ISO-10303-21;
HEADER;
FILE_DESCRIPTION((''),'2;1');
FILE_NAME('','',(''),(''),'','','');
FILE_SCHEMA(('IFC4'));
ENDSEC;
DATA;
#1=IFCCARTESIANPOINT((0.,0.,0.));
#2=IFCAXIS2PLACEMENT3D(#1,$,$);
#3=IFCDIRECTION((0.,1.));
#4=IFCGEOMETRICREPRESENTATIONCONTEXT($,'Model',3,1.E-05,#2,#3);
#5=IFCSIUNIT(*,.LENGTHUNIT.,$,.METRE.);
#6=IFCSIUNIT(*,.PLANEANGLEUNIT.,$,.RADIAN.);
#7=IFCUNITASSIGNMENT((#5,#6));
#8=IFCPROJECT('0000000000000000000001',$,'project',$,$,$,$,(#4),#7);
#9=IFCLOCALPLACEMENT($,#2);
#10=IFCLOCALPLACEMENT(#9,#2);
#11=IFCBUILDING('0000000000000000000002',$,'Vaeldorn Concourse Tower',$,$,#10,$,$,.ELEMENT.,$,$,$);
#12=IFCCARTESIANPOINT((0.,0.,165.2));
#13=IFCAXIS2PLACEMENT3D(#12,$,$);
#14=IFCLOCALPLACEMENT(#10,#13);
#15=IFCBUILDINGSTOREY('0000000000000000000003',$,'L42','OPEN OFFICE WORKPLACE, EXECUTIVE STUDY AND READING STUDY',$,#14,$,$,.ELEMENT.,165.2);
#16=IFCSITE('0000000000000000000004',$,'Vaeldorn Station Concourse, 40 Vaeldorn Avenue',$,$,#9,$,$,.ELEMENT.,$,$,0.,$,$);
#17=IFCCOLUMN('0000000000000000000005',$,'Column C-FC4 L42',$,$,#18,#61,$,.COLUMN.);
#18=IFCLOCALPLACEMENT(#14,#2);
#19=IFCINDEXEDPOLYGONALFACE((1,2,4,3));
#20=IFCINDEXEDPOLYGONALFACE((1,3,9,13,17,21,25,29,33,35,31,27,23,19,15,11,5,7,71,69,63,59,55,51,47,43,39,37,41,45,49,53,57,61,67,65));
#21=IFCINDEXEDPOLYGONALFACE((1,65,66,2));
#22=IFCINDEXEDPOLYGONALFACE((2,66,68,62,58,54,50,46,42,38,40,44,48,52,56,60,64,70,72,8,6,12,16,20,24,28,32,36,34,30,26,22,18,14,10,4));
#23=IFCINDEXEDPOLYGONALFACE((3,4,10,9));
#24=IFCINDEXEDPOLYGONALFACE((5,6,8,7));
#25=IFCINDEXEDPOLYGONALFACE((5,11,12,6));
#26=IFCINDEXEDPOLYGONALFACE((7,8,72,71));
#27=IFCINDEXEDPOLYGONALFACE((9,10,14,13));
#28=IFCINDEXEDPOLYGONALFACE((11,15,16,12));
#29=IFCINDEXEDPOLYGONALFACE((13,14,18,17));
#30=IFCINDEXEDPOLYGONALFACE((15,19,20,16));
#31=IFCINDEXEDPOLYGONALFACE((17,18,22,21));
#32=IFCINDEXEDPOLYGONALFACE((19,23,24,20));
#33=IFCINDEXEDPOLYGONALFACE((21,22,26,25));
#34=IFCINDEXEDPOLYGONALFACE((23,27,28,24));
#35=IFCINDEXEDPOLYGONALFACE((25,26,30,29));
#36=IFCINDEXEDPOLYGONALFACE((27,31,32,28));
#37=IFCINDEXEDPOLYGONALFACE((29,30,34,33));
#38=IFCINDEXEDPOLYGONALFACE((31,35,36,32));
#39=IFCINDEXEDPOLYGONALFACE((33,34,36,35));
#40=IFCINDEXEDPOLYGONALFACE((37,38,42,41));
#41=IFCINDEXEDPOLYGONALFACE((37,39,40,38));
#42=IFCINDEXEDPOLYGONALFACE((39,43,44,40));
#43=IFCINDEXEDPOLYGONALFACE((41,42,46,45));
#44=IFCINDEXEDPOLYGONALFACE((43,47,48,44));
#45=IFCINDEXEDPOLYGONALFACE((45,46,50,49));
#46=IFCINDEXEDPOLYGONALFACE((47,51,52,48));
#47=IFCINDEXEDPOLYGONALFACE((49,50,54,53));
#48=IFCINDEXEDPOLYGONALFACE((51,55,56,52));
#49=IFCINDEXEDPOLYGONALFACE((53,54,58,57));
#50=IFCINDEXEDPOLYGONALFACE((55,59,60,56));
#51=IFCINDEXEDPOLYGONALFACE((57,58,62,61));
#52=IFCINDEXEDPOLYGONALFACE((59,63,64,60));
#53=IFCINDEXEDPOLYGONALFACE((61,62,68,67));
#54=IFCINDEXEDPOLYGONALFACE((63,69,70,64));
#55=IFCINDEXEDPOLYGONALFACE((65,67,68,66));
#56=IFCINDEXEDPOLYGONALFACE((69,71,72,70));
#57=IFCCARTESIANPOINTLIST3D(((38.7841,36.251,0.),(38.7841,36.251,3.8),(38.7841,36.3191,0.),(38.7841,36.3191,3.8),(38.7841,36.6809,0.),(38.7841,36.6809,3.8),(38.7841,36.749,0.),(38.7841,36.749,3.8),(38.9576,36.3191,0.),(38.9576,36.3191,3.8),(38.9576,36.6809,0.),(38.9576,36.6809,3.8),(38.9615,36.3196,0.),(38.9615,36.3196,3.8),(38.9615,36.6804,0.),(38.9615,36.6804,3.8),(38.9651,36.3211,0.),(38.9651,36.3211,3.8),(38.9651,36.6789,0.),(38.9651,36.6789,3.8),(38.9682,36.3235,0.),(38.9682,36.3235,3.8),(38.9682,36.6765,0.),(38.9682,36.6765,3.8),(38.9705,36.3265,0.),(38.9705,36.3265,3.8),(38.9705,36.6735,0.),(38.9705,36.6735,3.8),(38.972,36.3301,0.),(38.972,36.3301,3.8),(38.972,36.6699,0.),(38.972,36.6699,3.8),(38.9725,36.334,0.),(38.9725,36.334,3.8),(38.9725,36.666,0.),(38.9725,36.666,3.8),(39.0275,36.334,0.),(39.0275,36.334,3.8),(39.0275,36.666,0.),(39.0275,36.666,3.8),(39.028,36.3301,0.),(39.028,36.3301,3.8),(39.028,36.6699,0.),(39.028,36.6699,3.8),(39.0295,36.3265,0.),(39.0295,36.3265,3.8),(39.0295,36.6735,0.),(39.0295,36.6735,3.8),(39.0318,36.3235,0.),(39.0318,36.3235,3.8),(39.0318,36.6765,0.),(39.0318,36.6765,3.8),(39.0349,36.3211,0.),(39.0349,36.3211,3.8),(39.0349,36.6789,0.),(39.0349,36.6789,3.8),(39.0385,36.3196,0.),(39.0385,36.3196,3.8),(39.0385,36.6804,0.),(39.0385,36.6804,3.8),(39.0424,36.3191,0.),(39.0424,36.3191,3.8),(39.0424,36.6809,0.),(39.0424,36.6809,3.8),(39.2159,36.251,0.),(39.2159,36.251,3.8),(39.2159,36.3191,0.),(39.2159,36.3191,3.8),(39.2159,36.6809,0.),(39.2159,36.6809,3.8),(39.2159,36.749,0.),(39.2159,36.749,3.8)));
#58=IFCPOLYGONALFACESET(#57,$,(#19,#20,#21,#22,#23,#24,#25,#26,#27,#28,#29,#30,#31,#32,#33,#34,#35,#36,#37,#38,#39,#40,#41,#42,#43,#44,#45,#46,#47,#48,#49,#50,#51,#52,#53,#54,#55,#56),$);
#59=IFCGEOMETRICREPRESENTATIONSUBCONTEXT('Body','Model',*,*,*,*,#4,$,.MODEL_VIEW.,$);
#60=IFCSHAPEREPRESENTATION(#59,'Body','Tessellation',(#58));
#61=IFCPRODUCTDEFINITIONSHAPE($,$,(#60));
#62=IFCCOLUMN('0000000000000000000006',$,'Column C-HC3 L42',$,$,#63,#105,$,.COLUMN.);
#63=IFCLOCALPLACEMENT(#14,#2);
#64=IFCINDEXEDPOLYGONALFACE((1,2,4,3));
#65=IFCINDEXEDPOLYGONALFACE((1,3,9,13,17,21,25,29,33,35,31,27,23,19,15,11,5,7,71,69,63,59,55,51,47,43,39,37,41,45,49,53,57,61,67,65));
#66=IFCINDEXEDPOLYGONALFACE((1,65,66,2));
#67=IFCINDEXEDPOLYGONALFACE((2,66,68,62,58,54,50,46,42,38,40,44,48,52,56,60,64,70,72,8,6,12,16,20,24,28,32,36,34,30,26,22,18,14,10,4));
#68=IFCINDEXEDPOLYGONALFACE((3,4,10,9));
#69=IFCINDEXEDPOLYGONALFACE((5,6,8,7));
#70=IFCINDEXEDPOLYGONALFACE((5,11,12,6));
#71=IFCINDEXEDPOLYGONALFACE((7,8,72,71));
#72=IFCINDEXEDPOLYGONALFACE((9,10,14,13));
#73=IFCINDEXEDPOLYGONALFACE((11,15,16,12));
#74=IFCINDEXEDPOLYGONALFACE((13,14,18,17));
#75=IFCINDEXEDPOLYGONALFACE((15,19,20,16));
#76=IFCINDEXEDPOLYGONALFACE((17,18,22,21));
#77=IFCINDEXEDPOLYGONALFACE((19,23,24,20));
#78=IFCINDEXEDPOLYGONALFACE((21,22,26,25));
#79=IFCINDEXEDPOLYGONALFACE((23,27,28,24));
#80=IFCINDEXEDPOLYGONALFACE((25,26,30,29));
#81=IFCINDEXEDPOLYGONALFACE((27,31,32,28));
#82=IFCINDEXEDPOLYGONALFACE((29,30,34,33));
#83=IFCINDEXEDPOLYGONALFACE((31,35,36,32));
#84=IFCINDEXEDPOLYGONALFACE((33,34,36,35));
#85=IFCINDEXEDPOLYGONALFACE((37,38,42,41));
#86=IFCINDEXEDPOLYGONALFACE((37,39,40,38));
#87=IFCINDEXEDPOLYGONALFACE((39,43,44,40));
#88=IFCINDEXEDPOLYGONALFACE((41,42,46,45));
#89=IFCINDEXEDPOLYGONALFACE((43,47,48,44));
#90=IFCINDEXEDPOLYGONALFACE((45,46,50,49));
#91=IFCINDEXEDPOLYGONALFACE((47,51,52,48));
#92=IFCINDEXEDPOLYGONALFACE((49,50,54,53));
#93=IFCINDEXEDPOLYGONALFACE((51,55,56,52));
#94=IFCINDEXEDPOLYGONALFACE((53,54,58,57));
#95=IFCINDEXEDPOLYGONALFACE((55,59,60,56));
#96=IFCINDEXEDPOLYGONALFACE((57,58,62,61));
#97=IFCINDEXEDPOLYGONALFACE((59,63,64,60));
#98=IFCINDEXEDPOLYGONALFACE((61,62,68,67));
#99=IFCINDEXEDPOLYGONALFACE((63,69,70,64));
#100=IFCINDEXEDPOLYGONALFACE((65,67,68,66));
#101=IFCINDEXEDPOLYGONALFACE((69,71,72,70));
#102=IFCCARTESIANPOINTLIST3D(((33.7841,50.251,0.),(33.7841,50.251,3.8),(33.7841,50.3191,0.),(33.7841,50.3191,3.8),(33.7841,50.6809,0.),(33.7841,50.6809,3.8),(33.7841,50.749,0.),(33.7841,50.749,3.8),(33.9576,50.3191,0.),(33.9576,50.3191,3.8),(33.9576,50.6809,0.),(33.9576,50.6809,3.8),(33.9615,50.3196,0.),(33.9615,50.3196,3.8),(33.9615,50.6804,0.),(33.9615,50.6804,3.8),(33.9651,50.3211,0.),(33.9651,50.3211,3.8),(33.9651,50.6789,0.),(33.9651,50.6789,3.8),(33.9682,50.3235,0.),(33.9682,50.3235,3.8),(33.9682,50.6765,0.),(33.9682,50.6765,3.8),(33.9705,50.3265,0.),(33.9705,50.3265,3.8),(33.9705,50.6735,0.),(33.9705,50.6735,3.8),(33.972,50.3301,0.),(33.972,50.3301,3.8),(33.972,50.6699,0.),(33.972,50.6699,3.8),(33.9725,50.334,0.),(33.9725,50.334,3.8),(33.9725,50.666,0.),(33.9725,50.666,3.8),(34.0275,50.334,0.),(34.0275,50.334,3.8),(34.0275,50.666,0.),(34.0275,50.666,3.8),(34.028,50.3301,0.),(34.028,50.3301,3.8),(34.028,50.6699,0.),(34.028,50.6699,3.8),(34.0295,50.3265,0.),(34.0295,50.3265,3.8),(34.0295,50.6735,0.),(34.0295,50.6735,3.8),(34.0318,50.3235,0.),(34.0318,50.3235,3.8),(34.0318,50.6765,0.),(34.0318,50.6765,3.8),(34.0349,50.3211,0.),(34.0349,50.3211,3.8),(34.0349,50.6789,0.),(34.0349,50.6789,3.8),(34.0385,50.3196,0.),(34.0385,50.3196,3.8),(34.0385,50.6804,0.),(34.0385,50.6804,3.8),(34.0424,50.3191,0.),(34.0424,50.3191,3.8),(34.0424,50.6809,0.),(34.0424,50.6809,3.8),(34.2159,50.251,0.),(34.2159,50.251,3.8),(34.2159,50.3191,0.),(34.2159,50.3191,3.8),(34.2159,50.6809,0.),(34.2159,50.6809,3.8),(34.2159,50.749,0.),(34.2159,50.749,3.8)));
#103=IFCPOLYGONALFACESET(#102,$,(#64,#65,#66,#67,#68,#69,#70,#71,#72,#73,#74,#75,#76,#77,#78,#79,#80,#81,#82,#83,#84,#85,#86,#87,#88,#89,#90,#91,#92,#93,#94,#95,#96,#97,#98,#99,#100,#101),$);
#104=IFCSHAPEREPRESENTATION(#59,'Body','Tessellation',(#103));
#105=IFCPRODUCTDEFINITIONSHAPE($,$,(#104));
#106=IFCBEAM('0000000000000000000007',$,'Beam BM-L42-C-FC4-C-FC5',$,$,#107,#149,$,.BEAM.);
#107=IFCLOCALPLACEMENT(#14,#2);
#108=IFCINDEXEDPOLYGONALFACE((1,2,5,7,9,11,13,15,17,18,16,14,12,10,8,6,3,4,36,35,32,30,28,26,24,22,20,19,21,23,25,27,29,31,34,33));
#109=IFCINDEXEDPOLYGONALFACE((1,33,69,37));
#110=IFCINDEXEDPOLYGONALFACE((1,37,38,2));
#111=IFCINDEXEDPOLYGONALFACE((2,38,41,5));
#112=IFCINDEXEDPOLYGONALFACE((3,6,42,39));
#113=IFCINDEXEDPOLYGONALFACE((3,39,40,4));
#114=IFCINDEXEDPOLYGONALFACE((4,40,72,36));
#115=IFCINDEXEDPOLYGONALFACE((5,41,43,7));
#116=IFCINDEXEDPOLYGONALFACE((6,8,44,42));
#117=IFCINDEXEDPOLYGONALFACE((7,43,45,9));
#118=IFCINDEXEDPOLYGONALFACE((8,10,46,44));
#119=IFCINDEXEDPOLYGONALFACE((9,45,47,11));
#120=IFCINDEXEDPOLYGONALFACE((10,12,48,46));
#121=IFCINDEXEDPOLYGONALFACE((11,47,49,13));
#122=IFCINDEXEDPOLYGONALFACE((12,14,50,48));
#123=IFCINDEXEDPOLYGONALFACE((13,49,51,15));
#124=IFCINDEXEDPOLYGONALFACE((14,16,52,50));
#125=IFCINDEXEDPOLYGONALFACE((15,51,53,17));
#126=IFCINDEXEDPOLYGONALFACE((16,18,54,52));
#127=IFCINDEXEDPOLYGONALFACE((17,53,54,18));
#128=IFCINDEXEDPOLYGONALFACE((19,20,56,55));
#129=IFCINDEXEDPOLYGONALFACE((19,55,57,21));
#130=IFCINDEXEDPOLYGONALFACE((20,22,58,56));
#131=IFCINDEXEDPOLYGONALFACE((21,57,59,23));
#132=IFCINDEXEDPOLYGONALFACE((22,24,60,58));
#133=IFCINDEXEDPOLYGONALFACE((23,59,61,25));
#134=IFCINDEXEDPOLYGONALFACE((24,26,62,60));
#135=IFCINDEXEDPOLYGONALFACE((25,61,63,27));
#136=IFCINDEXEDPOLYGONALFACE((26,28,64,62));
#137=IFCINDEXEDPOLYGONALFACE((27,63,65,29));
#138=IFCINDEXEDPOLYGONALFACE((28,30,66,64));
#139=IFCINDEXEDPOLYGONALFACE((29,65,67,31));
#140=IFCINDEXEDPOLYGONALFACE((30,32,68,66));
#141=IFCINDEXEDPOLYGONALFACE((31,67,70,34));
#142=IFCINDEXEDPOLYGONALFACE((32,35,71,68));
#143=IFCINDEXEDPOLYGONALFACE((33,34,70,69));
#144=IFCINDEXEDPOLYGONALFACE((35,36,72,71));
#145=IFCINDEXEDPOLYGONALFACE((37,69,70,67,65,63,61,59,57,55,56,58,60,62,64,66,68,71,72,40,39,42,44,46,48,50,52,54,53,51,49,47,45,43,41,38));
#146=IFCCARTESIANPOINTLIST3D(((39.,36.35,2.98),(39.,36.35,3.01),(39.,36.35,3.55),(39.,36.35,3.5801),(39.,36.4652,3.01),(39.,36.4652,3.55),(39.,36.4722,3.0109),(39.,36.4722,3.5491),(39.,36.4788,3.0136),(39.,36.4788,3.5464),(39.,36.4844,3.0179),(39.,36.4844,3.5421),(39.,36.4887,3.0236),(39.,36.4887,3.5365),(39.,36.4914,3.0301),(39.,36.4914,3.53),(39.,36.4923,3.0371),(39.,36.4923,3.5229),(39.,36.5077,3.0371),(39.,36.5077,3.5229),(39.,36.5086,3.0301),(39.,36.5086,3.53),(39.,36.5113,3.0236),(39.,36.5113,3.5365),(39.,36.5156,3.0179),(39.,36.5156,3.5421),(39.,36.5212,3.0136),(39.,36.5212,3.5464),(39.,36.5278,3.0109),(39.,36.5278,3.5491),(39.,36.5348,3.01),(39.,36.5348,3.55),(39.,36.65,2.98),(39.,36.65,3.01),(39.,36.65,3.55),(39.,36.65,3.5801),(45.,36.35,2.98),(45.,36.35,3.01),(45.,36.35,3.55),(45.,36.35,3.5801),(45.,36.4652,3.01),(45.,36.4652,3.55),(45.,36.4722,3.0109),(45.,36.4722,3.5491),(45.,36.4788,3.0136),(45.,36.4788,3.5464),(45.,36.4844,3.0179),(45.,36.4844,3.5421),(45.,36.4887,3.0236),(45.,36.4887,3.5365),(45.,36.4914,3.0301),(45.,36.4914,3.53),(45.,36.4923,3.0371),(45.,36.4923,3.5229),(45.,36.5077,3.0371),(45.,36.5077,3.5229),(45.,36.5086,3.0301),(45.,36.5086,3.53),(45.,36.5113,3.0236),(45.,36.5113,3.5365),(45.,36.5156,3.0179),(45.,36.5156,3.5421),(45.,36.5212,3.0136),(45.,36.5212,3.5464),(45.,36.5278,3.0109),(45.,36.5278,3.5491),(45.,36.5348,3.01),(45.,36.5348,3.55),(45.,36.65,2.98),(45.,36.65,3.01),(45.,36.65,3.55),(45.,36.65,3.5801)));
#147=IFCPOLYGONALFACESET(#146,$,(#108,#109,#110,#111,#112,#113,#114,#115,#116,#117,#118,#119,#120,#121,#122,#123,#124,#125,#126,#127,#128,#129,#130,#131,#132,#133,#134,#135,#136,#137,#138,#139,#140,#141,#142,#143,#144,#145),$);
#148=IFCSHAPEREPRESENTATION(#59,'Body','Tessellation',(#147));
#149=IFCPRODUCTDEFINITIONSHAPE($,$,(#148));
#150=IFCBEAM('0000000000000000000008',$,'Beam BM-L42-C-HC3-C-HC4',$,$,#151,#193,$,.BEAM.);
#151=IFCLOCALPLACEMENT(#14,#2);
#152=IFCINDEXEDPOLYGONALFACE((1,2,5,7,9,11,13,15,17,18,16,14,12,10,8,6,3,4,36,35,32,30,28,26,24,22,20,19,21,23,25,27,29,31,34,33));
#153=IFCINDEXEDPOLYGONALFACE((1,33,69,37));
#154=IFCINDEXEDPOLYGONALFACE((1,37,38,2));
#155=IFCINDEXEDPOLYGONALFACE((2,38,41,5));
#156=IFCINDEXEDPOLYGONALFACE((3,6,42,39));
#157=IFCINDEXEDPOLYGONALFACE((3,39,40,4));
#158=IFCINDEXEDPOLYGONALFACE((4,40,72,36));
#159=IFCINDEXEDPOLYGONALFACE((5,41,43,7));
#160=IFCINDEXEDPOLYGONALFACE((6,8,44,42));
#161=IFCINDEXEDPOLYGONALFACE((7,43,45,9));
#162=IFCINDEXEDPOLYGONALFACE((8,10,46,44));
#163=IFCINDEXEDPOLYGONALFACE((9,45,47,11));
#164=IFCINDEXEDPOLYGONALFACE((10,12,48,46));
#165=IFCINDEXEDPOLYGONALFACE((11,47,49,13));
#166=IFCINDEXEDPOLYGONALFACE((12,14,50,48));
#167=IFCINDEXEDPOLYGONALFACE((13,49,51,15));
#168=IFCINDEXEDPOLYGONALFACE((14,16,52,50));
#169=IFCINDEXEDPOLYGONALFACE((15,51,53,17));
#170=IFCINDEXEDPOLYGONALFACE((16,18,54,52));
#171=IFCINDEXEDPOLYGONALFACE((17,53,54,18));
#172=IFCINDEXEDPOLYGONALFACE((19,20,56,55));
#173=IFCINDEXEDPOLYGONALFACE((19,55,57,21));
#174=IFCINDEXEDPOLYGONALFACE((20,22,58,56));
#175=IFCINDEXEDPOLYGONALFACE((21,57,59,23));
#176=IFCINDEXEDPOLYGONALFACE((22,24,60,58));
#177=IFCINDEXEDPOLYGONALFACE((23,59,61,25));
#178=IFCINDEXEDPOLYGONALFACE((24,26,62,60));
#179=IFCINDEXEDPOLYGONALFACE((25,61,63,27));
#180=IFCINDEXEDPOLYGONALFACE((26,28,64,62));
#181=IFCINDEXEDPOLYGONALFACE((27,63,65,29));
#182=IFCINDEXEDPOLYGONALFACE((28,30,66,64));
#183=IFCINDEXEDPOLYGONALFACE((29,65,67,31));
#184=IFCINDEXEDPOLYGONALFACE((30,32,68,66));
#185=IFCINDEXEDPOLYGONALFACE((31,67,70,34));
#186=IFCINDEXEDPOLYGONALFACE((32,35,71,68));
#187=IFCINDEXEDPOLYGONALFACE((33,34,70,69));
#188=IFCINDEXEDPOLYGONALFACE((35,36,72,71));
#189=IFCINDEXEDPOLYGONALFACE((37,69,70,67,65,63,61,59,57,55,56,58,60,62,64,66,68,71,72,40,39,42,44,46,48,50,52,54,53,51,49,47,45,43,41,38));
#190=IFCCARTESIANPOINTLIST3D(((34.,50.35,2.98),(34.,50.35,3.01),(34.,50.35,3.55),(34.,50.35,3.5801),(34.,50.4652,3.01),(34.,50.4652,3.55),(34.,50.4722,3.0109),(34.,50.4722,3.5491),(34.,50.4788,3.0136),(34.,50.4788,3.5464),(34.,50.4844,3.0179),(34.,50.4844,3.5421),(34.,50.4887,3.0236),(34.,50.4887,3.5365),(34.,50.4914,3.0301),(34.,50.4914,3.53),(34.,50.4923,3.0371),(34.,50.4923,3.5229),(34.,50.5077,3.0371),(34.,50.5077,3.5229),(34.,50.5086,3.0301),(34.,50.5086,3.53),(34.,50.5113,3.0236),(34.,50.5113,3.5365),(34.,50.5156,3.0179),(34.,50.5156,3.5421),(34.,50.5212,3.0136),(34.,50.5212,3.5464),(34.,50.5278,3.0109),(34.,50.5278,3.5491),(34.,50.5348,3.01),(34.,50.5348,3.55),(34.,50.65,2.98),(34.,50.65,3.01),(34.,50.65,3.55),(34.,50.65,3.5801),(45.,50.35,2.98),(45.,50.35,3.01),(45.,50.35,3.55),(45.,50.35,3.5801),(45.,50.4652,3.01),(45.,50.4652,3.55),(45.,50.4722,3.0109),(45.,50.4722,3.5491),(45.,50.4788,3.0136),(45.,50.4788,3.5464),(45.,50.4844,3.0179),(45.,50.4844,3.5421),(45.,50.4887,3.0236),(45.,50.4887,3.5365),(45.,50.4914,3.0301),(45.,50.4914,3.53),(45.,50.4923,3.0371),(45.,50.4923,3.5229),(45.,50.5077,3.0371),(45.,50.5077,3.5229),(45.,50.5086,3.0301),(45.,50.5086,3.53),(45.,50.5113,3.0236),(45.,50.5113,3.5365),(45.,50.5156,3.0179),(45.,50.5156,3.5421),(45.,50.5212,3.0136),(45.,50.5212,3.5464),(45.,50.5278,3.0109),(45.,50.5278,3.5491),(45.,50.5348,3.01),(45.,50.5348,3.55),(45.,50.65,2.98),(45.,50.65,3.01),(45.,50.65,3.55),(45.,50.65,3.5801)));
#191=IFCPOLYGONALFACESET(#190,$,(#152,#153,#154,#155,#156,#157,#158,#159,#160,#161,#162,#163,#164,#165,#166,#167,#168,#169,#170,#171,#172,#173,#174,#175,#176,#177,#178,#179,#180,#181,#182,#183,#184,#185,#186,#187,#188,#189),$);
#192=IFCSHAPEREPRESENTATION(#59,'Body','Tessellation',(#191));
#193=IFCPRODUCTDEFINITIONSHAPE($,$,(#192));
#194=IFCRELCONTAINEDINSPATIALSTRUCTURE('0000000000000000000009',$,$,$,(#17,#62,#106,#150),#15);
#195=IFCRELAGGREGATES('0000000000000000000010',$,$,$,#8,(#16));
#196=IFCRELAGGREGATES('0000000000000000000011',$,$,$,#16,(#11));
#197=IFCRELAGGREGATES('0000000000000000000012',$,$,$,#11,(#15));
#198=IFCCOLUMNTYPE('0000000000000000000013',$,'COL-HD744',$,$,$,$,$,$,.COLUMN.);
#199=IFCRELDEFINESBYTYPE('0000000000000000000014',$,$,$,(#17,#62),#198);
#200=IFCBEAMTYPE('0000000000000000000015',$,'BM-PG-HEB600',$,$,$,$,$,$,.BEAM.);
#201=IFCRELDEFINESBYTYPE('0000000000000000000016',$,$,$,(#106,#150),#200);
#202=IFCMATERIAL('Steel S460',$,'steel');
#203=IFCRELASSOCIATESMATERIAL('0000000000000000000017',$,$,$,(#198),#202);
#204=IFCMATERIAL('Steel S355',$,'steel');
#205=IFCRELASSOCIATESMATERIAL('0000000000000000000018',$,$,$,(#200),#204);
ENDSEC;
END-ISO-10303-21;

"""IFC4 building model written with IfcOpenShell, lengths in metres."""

from ifc_helpers import new_model, si_unit, direction, frame, origin, origin_2d, place, context, subcontext, project, spatial, i_section, extrude, source, transform, mapped, material, material_profile, profile_set, type_object, element, save


model = new_model("IFC4")

# Units and contexts
model_context = context("Model", 3, precision=1e-05, world=origin(), true_north=direction((0.0, 1.0)))
body_context = subcontext(model_context, "Body", "Model", "MODEL_VIEW")
ifc_project = project(units=[si_unit("LENGTHUNIT", "METRE"), si_unit("PLANEANGLEUNIT", "RADIAN")], contexts=[model_context])

# Site, building, storey
site_placement = place(None, origin())
site = spatial("IfcSite", under=ifc_project, at=site_placement, Name="Vaeldorn Station Concourse, 40 Vaeldorn Avenue", CompositionType="ELEMENT", RefElevation=0.0)
building_placement = place(site_placement, origin())
building = spatial("IfcBuilding", under=site, at=building_placement, Name="Vaeldorn Concourse Tower", CompositionType="ELEMENT")
storey_placement = place(building_placement, frame((0.0, 0.0, 165.2)))
storey = spatial("IfcBuildingStorey", under=building, at=storey_placement, Name="L42", Description="OPEN OFFICE WORKPLACE, EXECUTIVE STUDY AND READING STUDY", CompositionType="ELEMENT", Elevation=165.2)

# Columns
ifc_material_1 = material(Name="Steel S460", Category="steel")
ifc_material_profile_1 = material_profile(ifc_material_1, i_section(OverallWidth=0.4319, OverallDepth=0.498, WebThickness=0.0549, FlangeThickness=0.0681, FilletRadius=0.0149, at=origin_2d()), Name="HD 400x744")
ifc_profile_set_1 = profile_set([ifc_material_profile_1], Name="Steel S460")
column_type = type_object("IfcColumnType", Name="COL-HD744", PredefinedType="COLUMN", material=ifc_profile_set_1)
shared_shape_1 = source(origin(), body_context, "Body", "SweptSolid", [
    extrude(i_section(OverallWidth=0.4319, OverallDepth=0.498, WebThickness=0.0549, FlangeThickness=0.0681, FilletRadius=0.0149, at=origin_2d()), origin(), (0.0, 0.0, 1.0), 3.8),
])
for number, where, z_axis, x_axis, name in (
    (1, (39.0, 36.5, 0.0), (0.0, 0.0, 1.0), (1.0, 0.0, 0.0), "Column C-FC4 L42"),
    (2, (34.0, 50.5, 0.0), (0.0, 0.0, 1.0), (1.0, 0.0, 0.0), "Column C-HC3 L42"),
):
    element("IfcColumn", number, at=place(storey_placement, frame(where, z_axis=z_axis, x_axis=x_axis)), inside=storey, type_object=column_type, Name=name, PredefinedType="COLUMN", context=body_context, shape_type="MappedRepresentation", body=[
        mapped(shared_shape_1, transform((0.0, 0.0, 0.0), scale=1.0)),
    ])

# Beams
ifc_material_2 = material(Name="Steel S355", Category="steel")
ifc_material_profile_2 = material_profile(ifc_material_2, i_section(OverallWidth=0.3, OverallDepth=0.6001, WebThickness=0.0154, FlangeThickness=0.03, FilletRadius=0.0271, at=origin_2d()), Name="HEB 600")
ifc_profile_set_2 = profile_set([ifc_material_profile_2], Name="Steel S355")
beam_type = type_object("IfcBeamType", Name="BM-PG-HEB600", PredefinedType="BEAM", material=ifc_profile_set_2)
shared_shape_2 = source(origin(), body_context, "Body", "SweptSolid", [
    extrude(i_section(OverallWidth=0.3, OverallDepth=0.6001, WebThickness=0.0154, FlangeThickness=0.03, FilletRadius=0.0271, at=origin_2d()), origin(), (0.0, 0.0, 1.0), 6.0),
])
beam_1_placement = place(storey_placement, frame((39.0, 36.5, 3.28), z_axis=(1.0, 0.0, 0.0), x_axis=(0.0, 1.0, 0.0)))
element("IfcBeam", 3, at=beam_1_placement, inside=storey, type_object=beam_type, Name="Beam BM-L42-C-FC4-C-FC5", PredefinedType="BEAM", context=body_context, shape_type="MappedRepresentation", body=[
    mapped(shared_shape_2, transform((0.0, 0.0, 0.0), scale=1.0)),
])
shared_shape_3 = source(origin(), body_context, "Body", "SweptSolid", [
    extrude(i_section(OverallWidth=0.3, OverallDepth=0.6001, WebThickness=0.0154, FlangeThickness=0.03, FilletRadius=0.0271, at=origin_2d()), origin(), (0.0, 0.0, 1.0), 11.0),
])
beam_2_placement = place(storey_placement, frame((34.0, 50.5, 3.28), z_axis=(1.0, 0.0, 0.0), x_axis=(0.0, 1.0, 0.0)))
element("IfcBeam", 4, at=beam_2_placement, inside=storey, type_object=beam_type, Name="Beam BM-L42-C-HC3-C-HC4", PredefinedType="BEAM", context=body_context, shape_type="MappedRepresentation", body=[
    mapped(shared_shape_3, transform((0.0, 0.0, 0.0), scale=1.0)),
])

save(model, "model.ifc")
